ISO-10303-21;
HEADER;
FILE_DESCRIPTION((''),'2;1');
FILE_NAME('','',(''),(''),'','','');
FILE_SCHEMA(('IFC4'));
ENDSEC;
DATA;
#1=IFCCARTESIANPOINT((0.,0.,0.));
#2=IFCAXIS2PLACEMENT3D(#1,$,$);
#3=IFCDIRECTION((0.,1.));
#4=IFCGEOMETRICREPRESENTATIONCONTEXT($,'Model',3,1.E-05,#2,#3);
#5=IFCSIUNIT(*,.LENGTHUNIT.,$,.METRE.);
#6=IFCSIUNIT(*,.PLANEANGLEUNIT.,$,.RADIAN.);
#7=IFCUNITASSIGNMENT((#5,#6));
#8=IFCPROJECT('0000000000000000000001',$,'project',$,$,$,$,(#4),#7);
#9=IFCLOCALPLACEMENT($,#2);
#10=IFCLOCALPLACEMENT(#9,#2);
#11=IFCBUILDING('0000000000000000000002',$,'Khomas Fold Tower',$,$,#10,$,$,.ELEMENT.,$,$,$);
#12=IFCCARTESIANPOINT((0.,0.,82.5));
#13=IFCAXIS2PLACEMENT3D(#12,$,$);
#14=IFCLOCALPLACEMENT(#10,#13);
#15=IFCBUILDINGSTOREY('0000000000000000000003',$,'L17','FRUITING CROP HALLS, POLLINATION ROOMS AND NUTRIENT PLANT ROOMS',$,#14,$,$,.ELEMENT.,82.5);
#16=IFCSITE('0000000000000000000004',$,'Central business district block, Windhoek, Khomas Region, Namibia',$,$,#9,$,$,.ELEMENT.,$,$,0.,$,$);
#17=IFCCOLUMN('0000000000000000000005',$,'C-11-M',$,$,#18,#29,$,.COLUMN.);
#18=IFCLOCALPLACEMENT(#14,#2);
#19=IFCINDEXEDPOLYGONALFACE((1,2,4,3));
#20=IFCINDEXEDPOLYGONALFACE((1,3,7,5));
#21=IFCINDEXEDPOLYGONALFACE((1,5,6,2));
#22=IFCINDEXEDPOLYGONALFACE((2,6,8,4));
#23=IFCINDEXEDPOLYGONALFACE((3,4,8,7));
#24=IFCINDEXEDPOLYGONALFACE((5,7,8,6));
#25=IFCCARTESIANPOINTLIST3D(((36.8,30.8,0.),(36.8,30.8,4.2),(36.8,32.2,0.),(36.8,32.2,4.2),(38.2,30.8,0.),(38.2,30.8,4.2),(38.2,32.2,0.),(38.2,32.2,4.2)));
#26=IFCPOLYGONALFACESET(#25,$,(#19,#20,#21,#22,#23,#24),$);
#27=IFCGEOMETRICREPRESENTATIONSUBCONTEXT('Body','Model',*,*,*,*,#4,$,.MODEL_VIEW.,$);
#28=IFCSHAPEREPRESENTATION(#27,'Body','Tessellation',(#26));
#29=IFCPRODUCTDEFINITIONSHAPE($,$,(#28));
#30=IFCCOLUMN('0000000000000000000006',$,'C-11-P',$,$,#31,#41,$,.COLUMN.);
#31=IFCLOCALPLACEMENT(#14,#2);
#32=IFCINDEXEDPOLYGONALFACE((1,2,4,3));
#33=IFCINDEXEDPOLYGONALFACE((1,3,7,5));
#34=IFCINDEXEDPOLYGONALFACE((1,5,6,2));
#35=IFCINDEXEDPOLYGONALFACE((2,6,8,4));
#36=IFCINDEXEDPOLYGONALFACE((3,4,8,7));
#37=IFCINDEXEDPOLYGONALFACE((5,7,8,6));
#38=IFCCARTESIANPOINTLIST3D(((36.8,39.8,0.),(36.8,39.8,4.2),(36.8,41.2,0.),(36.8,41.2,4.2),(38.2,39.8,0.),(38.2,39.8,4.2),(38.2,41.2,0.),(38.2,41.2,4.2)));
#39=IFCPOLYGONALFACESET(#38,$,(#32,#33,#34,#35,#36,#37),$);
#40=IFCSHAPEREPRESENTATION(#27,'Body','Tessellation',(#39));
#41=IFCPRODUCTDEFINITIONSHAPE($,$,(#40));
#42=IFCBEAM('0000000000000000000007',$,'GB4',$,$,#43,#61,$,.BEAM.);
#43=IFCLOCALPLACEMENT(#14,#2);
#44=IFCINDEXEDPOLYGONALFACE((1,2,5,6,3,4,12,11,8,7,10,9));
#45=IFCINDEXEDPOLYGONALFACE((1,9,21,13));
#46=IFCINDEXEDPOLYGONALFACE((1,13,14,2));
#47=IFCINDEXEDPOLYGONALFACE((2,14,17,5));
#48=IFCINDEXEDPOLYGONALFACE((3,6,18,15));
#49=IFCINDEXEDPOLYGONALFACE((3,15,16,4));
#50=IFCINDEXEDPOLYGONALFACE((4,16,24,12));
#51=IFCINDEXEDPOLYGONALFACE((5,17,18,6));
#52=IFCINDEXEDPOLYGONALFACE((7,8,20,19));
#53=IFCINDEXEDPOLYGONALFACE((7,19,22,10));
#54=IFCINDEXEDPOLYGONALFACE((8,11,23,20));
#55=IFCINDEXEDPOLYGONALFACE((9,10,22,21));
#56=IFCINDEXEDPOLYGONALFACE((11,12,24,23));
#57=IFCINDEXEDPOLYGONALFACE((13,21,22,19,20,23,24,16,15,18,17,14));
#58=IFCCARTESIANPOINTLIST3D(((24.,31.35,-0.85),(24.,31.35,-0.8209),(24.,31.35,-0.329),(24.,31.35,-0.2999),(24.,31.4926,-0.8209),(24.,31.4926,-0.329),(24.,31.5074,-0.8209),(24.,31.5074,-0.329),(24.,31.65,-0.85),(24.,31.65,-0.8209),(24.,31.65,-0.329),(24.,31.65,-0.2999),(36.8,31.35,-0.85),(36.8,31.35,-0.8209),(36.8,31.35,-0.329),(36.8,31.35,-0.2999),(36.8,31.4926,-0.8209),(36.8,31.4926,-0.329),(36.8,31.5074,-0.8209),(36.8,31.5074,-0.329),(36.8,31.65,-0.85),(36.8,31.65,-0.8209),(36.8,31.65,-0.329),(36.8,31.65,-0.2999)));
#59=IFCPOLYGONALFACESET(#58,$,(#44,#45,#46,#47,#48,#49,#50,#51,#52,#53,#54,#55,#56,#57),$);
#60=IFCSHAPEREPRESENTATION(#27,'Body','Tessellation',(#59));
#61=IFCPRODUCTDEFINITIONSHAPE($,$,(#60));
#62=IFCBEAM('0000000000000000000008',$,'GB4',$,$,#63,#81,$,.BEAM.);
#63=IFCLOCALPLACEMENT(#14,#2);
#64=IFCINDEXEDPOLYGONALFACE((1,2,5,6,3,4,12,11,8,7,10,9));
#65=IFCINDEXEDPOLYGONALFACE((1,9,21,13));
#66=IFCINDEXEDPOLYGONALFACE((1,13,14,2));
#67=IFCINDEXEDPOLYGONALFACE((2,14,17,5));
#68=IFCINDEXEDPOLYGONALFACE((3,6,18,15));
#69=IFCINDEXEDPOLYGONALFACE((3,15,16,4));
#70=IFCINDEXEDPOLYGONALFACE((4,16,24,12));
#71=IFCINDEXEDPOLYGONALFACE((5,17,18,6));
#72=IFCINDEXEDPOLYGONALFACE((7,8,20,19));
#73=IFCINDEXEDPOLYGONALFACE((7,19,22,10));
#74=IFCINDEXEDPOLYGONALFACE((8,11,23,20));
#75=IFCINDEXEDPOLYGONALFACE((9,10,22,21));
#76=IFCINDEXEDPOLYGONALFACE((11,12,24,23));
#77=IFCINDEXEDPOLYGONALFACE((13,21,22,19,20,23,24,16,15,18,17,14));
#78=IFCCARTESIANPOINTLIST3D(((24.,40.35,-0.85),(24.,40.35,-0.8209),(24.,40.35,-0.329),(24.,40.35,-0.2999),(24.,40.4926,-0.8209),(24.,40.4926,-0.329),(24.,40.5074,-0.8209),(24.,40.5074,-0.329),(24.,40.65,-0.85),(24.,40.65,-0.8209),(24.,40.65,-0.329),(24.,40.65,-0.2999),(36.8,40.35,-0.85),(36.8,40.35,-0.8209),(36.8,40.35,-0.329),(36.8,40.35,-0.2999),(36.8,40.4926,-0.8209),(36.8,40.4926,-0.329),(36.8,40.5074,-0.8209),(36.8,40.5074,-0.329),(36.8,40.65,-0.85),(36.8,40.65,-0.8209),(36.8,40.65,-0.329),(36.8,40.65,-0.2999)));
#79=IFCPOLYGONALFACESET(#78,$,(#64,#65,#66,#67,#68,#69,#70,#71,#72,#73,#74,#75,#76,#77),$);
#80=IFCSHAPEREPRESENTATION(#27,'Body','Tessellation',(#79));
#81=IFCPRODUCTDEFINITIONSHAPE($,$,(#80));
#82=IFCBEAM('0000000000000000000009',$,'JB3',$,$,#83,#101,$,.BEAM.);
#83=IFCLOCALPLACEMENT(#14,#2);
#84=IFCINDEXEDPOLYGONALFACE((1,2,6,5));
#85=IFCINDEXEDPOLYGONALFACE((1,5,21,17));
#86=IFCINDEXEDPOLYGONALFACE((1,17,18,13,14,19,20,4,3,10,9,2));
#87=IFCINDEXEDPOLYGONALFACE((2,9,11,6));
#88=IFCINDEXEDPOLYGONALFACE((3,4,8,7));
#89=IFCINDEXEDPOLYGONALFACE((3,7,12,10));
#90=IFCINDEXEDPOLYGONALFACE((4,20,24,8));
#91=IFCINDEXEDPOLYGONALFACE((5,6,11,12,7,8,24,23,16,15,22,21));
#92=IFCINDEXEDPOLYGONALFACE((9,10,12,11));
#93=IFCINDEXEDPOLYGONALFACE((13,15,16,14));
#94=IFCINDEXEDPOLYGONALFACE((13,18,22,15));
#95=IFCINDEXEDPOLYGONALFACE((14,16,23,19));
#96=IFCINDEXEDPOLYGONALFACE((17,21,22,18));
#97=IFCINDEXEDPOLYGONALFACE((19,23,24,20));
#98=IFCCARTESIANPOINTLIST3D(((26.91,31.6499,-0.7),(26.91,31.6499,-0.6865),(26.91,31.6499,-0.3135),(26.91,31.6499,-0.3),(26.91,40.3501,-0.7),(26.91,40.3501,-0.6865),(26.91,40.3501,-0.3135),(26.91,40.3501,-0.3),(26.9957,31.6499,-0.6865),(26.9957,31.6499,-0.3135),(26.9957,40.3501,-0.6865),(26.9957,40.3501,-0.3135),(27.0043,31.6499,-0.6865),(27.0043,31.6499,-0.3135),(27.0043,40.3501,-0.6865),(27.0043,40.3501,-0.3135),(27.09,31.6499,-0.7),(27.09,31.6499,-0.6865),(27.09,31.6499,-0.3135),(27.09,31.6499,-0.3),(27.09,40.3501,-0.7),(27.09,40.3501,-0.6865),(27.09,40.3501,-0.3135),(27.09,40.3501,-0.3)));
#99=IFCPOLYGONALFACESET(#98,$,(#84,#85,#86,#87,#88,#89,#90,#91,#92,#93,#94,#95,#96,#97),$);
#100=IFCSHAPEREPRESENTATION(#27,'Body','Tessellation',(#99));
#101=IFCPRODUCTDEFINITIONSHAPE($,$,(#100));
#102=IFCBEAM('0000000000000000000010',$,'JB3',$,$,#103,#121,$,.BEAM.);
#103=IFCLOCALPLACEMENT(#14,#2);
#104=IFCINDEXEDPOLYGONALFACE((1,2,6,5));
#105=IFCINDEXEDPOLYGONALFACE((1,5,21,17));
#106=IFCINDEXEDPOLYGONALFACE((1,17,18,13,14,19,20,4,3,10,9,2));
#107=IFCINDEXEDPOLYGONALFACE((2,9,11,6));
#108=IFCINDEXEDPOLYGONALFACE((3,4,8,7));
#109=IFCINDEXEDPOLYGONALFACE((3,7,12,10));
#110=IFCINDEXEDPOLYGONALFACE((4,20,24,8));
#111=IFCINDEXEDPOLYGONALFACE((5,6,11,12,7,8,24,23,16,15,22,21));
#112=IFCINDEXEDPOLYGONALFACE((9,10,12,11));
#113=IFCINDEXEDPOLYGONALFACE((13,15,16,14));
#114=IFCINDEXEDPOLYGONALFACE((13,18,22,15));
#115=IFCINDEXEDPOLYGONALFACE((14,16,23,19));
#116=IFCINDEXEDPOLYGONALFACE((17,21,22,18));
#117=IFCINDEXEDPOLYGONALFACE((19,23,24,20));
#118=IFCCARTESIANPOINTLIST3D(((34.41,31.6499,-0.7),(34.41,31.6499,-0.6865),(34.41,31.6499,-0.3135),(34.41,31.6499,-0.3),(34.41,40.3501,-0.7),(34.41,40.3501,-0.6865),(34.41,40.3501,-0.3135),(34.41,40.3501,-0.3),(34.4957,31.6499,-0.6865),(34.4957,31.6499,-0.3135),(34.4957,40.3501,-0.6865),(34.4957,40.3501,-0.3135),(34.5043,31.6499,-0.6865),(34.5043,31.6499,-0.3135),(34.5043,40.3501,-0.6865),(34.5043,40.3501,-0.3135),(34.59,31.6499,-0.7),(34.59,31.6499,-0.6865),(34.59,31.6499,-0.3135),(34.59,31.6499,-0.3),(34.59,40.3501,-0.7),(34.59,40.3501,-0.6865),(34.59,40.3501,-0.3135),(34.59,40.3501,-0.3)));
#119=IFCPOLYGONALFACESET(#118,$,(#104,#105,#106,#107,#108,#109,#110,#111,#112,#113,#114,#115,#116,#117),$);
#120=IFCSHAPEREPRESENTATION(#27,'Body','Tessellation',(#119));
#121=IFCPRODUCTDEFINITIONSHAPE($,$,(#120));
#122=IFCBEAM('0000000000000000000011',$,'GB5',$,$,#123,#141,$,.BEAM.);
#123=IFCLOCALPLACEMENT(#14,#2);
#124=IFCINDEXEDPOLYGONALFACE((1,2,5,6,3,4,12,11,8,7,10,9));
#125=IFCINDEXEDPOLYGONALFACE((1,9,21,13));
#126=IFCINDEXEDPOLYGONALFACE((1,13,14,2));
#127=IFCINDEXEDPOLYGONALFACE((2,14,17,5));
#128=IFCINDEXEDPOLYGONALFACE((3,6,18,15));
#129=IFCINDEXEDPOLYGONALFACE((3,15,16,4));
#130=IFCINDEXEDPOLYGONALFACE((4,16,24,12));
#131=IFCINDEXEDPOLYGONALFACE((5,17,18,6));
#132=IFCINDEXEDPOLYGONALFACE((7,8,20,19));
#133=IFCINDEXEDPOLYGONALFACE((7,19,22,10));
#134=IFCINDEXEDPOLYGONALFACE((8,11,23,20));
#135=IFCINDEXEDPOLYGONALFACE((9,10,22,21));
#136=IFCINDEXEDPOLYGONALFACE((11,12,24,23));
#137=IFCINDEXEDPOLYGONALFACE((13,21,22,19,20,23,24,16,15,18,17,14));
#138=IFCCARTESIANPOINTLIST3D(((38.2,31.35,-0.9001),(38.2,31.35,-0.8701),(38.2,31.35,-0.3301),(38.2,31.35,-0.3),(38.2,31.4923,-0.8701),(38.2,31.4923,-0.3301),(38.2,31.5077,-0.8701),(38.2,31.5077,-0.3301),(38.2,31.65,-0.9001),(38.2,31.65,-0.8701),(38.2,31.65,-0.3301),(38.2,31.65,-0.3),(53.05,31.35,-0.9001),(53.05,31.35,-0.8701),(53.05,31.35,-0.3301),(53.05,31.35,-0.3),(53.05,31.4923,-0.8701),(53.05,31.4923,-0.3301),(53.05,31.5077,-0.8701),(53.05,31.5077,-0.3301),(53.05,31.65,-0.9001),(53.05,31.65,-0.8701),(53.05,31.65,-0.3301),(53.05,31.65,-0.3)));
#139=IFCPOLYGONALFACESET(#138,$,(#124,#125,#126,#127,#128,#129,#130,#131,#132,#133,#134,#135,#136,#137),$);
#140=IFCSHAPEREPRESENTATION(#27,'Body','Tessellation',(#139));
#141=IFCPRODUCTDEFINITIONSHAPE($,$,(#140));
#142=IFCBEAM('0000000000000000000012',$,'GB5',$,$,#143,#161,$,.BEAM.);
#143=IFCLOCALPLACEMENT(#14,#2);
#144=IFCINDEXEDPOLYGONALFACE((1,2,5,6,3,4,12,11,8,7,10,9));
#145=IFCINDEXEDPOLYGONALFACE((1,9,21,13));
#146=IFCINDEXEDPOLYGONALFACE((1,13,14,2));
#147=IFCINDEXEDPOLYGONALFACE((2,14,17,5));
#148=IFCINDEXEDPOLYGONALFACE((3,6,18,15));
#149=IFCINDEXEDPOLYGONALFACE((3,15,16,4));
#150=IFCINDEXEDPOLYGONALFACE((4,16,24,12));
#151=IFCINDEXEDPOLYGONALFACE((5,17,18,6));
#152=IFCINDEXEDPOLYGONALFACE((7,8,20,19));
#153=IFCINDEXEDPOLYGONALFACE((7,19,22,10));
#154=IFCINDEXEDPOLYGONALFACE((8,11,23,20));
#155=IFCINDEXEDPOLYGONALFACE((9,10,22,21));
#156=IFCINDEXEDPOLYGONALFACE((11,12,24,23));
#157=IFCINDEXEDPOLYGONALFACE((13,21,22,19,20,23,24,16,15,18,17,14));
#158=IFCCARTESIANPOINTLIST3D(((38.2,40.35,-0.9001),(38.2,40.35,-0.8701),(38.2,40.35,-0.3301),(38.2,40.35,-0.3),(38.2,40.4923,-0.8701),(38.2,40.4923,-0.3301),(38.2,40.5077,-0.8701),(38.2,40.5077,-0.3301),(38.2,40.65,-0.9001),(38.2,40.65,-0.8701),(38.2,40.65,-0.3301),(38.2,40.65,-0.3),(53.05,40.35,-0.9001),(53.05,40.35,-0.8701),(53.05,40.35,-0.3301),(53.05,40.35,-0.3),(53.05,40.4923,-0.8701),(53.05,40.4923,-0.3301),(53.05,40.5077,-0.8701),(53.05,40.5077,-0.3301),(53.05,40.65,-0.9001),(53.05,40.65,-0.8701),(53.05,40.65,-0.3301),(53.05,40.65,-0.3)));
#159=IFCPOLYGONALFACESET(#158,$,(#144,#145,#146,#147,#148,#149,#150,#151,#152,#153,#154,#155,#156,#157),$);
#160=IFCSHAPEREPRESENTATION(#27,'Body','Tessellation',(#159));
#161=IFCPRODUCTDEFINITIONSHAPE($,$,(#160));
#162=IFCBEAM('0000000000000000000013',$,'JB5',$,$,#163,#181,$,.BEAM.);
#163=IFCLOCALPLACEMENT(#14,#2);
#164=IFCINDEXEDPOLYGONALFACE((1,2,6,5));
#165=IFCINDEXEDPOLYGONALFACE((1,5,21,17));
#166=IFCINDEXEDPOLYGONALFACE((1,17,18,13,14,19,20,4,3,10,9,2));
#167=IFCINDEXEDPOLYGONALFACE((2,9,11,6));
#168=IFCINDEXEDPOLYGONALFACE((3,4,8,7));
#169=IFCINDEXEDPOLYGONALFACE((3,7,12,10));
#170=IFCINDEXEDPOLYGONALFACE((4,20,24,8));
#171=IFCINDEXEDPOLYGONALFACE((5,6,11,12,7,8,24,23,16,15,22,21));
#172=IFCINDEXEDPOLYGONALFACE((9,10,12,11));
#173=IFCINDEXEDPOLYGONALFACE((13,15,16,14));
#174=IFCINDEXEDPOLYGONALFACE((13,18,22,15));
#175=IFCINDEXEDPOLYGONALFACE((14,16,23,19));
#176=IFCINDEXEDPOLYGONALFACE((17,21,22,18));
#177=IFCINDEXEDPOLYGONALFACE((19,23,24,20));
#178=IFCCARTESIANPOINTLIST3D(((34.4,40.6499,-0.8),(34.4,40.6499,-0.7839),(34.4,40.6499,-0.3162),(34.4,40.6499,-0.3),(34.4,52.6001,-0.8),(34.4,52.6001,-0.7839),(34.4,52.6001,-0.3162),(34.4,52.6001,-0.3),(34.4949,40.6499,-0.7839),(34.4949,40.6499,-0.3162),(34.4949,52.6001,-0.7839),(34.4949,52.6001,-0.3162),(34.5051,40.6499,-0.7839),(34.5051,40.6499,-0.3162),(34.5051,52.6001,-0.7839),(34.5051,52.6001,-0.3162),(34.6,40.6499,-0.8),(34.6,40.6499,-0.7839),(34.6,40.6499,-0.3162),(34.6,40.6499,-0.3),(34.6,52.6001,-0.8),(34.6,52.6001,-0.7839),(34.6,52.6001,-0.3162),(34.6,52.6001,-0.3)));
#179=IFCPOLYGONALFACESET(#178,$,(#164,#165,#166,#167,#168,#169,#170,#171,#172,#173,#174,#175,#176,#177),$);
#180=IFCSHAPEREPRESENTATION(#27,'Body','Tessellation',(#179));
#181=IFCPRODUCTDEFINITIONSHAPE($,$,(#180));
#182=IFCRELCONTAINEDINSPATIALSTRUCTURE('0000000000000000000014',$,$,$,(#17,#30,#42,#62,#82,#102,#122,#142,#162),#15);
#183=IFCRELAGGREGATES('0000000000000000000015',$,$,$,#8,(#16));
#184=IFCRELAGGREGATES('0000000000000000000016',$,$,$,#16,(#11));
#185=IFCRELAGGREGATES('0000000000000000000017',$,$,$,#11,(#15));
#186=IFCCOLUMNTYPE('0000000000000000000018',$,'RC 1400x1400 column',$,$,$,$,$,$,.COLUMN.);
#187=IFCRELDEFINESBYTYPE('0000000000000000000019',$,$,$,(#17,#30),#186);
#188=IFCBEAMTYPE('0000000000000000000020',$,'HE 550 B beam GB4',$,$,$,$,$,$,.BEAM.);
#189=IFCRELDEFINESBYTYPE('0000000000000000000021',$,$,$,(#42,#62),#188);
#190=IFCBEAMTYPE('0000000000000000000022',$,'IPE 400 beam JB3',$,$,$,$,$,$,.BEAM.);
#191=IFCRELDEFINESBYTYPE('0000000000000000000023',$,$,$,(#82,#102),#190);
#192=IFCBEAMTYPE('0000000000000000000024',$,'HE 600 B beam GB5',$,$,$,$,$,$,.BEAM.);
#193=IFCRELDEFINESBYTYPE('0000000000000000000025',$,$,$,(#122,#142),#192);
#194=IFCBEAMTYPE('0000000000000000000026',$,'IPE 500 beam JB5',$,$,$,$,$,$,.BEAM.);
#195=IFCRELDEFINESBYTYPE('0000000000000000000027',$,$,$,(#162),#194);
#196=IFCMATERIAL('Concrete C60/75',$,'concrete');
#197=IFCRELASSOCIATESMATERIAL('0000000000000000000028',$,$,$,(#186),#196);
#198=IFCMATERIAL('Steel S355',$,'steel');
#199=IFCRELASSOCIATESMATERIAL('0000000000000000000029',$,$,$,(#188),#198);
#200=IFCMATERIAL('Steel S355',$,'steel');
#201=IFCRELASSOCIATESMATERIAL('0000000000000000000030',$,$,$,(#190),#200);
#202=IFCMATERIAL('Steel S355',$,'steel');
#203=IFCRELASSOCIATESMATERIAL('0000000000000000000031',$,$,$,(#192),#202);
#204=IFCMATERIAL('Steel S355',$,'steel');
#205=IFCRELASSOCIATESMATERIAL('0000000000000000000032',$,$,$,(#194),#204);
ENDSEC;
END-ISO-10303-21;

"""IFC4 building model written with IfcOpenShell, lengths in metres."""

from ifc_helpers import new_model, si_unit, direction, frame, origin, origin_2d, place, context, subcontext, project, spatial, rectangle, i_section, extrude, source, transform, mapped, material, material_profile, profile_set, type_object, element, save


model = new_model("IFC4")

# Units and contexts
model_context = context("Model", 3, precision=1e-05, world=origin(), true_north=direction((0.0, 1.0)))
body_context = subcontext(model_context, "Body", "Model", "MODEL_VIEW")
ifc_project = project(units=[si_unit("LENGTHUNIT", "METRE"), si_unit("PLANEANGLEUNIT", "RADIAN")], contexts=[model_context])

# Site, building, storey
site_placement = place(None, origin())
site = spatial("IfcSite", under=ifc_project, at=site_placement, Name="Central business district block, Windhoek, Khomas Region, Namibia", CompositionType="ELEMENT", RefElevation=0.0)
building_placement = place(site_placement, origin())
building = spatial("IfcBuilding", under=site, at=building_placement, Name="Khomas Fold Tower", CompositionType="ELEMENT")
storey_placement = place(building_placement, frame((0.0, 0.0, 82.5)))
storey = spatial("IfcBuildingStorey", under=building, at=storey_placement, Name="L17", Description="FRUITING CROP HALLS, POLLINATION ROOMS AND NUTRIENT PLANT ROOMS", CompositionType="ELEMENT", Elevation=82.5)

# Columns
ifc_material_1 = material(Name="Concrete C60/75", Category="concrete")
ifc_material_profile_1 = material_profile(ifc_material_1, rectangle(XDim=1.3999, YDim=1.3999, at=origin_2d()), Name="RC 1400x1400")
ifc_profile_set_1 = profile_set([ifc_material_profile_1], Name="Concrete C60/75")
column_type = type_object("IfcColumnType", Name="RC 1400x1400 column", PredefinedType="COLUMN", material=ifc_profile_set_1)
shared_shape_1 = source(origin(), body_context, "Body", "SweptSolid", [
    extrude(rectangle(XDim=1.3999, YDim=1.3999, at=origin_2d()), origin(), (0.0, 0.0, 1.0), 4.2),
])
for number, where, z_axis, x_axis, name in (
    (1, (37.5, 31.5, 0.0), (0.0, 0.0, 1.0), (1.0, 0.0, 0.0), "C-11-M"),
    (2, (37.5, 40.5, 0.0), (0.0, 0.0, 1.0), (1.0, 0.0, 0.0), "C-11-P"),
):
    element("IfcColumn", number, at=place(storey_placement, frame(where, z_axis=z_axis, x_axis=x_axis)), inside=storey, type_object=column_type, Name=name, PredefinedType="COLUMN", context=body_context, shape_type="MappedRepresentation", body=[
        mapped(shared_shape_1, transform((0.0, 0.0, 0.0))),
    ])

# Beams
ifc_material_2 = material(Name="Steel S355", Category="steel")
ifc_material_profile_2 = material_profile(ifc_material_2, i_section(OverallWidth=0.3, OverallDepth=0.55, WebThickness=0.0149, FlangeThickness=0.0291, at=origin_2d()), Name="HE 550 B")
ifc_profile_set_2 = profile_set([ifc_material_profile_2], Name="Steel S355")
beam_type_1 = type_object("IfcBeamType", Name="HE 550 B beam GB4", PredefinedType="BEAM", material=ifc_profile_set_2)
shared_shape_2 = source(origin(), body_context, "Body", "SweptSolid", [
    extrude(i_section(OverallWidth=0.3, OverallDepth=0.55, WebThickness=0.0149, FlangeThickness=0.0291, at=origin_2d()), origin(), (0.0, 0.0, 1.0), 12.8),
])
for number, where, z_axis, x_axis, name in (
    (3, (24.0, 31.5, -0.575), (1.0, 0.0, 0.0), (0.0, 1.0, 0.0), "GB4"),
    (4, (24.0, 40.5, -0.575), (1.0, 0.0, 0.0), (0.0, 1.0, 0.0), "GB4"),
):
    element("IfcBeam", number, at=place(storey_placement, frame(where, z_axis=z_axis, x_axis=x_axis)), inside=storey, type_object=beam_type_1, Name=name, PredefinedType="BEAM", context=body_context, shape_type="MappedRepresentation", body=[
        mapped(shared_shape_2, transform((0.0, 0.0, 0.0))),
    ])
ifc_material_3 = material(Name="Steel S355", Category="steel")
ifc_material_profile_3 = material_profile(ifc_material_3, i_section(OverallWidth=0.1799, OverallDepth=0.3999, WebThickness=0.0085, FlangeThickness=0.0134, at=origin_2d()), Name="IPE 400")
ifc_profile_set_3 = profile_set([ifc_material_profile_3], Name="Steel S355")
beam_type_2 = type_object("IfcBeamType", Name="IPE 400 beam JB3", PredefinedType="BEAM", material=ifc_profile_set_3)
shared_shape_3 = source(origin(), body_context, "Body", "SweptSolid", [
    extrude(i_section(OverallWidth=0.1799, OverallDepth=0.3999, WebThickness=0.0085, FlangeThickness=0.0134, at=origin_2d()), origin(), (0.0, 0.0, 1.0), 8.7002),
])
for number, where, z_axis, x_axis, name in (
    (5, (27.0, 31.6499, -0.5), (0.0, 1.0, 0.0), (-1.0, 0.0, 0.0), "JB3"),
    (6, (34.5, 31.6499, -0.5), (0.0, 1.0, 0.0), (-1.0, 0.0, 0.0), "JB3"),
):
    element("IfcBeam", number, at=place(storey_placement, frame(where, z_axis=z_axis, x_axis=x_axis)), inside=storey, type_object=beam_type_2, Name=name, PredefinedType="BEAM", context=body_context, shape_type="MappedRepresentation", body=[
        mapped(shared_shape_3, transform((0.0, 0.0, 0.0))),
    ])
ifc_material_4 = material(Name="Steel S355", Category="steel")
ifc_material_profile_4 = material_profile(ifc_material_4, i_section(OverallWidth=0.3, OverallDepth=0.6001, WebThickness=0.0154, FlangeThickness=0.03, at=origin_2d()), Name="HE 600 B")
ifc_profile_set_4 = profile_set([ifc_material_profile_4], Name="Steel S355")
beam_type_3 = type_object("IfcBeamType", Name="HE 600 B beam GB5", PredefinedType="BEAM", material=ifc_profile_set_4)
shared_shape_4 = source(origin(), body_context, "Body", "SweptSolid", [
    extrude(i_section(OverallWidth=0.3, OverallDepth=0.6001, WebThickness=0.0154, FlangeThickness=0.03, at=origin_2d()), origin(), (0.0, 0.0, 1.0), 14.8501),
])
for number, where, z_axis, x_axis, name in (
    (7, (38.2, 31.5, -0.6001), (1.0, 0.0, 0.0), (0.0, 1.0, 0.0), "GB5"),
    (8, (38.2, 40.5, -0.6001), (1.0, 0.0, 0.0), (0.0, 1.0, 0.0), "GB5"),
):
    element("IfcBeam", number, at=place(storey_placement, frame(where, z_axis=z_axis, x_axis=x_axis)), inside=storey, type_object=beam_type_3, Name=name, PredefinedType="BEAM", context=body_context, shape_type="MappedRepresentation", body=[
        mapped(shared_shape_4, transform((0.0, 0.0, 0.0))),
    ])
ifc_material_5 = material(Name="Steel S355", Category="steel")
ifc_material_profile_5 = material_profile(ifc_material_5, i_section(OverallWidth=0.2, OverallDepth=0.5, WebThickness=0.0103, FlangeThickness=0.0161, at=origin_2d()), Name="IPE 500")
ifc_profile_set_5 = profile_set([ifc_material_profile_5], Name="Steel S355")
beam_type_4 = type_object("IfcBeamType", Name="IPE 500 beam JB5", PredefinedType="BEAM", material=ifc_profile_set_5)
shared_shape_5 = source(origin(), body_context, "Body", "SweptSolid", [
    extrude(i_section(OverallWidth=0.2, OverallDepth=0.5, WebThickness=0.0103, FlangeThickness=0.0161, at=origin_2d()), origin(), (0.0, 0.0, 1.0), 11.9502),
])
beam_1_placement = place(storey_placement, frame((34.5, 40.6499, -0.55), z_axis=(0.0, 1.0, 0.0), x_axis=(-1.0, 0.0, 0.0)))
element("IfcBeam", 9, at=beam_1_placement, inside=storey, type_object=beam_type_4, Name="JB5", PredefinedType="BEAM", context=body_context, shape_type="MappedRepresentation", body=[
    mapped(shared_shape_5, transform((0.0, 0.0, 0.0))),
])

save(model, "model.ifc")
